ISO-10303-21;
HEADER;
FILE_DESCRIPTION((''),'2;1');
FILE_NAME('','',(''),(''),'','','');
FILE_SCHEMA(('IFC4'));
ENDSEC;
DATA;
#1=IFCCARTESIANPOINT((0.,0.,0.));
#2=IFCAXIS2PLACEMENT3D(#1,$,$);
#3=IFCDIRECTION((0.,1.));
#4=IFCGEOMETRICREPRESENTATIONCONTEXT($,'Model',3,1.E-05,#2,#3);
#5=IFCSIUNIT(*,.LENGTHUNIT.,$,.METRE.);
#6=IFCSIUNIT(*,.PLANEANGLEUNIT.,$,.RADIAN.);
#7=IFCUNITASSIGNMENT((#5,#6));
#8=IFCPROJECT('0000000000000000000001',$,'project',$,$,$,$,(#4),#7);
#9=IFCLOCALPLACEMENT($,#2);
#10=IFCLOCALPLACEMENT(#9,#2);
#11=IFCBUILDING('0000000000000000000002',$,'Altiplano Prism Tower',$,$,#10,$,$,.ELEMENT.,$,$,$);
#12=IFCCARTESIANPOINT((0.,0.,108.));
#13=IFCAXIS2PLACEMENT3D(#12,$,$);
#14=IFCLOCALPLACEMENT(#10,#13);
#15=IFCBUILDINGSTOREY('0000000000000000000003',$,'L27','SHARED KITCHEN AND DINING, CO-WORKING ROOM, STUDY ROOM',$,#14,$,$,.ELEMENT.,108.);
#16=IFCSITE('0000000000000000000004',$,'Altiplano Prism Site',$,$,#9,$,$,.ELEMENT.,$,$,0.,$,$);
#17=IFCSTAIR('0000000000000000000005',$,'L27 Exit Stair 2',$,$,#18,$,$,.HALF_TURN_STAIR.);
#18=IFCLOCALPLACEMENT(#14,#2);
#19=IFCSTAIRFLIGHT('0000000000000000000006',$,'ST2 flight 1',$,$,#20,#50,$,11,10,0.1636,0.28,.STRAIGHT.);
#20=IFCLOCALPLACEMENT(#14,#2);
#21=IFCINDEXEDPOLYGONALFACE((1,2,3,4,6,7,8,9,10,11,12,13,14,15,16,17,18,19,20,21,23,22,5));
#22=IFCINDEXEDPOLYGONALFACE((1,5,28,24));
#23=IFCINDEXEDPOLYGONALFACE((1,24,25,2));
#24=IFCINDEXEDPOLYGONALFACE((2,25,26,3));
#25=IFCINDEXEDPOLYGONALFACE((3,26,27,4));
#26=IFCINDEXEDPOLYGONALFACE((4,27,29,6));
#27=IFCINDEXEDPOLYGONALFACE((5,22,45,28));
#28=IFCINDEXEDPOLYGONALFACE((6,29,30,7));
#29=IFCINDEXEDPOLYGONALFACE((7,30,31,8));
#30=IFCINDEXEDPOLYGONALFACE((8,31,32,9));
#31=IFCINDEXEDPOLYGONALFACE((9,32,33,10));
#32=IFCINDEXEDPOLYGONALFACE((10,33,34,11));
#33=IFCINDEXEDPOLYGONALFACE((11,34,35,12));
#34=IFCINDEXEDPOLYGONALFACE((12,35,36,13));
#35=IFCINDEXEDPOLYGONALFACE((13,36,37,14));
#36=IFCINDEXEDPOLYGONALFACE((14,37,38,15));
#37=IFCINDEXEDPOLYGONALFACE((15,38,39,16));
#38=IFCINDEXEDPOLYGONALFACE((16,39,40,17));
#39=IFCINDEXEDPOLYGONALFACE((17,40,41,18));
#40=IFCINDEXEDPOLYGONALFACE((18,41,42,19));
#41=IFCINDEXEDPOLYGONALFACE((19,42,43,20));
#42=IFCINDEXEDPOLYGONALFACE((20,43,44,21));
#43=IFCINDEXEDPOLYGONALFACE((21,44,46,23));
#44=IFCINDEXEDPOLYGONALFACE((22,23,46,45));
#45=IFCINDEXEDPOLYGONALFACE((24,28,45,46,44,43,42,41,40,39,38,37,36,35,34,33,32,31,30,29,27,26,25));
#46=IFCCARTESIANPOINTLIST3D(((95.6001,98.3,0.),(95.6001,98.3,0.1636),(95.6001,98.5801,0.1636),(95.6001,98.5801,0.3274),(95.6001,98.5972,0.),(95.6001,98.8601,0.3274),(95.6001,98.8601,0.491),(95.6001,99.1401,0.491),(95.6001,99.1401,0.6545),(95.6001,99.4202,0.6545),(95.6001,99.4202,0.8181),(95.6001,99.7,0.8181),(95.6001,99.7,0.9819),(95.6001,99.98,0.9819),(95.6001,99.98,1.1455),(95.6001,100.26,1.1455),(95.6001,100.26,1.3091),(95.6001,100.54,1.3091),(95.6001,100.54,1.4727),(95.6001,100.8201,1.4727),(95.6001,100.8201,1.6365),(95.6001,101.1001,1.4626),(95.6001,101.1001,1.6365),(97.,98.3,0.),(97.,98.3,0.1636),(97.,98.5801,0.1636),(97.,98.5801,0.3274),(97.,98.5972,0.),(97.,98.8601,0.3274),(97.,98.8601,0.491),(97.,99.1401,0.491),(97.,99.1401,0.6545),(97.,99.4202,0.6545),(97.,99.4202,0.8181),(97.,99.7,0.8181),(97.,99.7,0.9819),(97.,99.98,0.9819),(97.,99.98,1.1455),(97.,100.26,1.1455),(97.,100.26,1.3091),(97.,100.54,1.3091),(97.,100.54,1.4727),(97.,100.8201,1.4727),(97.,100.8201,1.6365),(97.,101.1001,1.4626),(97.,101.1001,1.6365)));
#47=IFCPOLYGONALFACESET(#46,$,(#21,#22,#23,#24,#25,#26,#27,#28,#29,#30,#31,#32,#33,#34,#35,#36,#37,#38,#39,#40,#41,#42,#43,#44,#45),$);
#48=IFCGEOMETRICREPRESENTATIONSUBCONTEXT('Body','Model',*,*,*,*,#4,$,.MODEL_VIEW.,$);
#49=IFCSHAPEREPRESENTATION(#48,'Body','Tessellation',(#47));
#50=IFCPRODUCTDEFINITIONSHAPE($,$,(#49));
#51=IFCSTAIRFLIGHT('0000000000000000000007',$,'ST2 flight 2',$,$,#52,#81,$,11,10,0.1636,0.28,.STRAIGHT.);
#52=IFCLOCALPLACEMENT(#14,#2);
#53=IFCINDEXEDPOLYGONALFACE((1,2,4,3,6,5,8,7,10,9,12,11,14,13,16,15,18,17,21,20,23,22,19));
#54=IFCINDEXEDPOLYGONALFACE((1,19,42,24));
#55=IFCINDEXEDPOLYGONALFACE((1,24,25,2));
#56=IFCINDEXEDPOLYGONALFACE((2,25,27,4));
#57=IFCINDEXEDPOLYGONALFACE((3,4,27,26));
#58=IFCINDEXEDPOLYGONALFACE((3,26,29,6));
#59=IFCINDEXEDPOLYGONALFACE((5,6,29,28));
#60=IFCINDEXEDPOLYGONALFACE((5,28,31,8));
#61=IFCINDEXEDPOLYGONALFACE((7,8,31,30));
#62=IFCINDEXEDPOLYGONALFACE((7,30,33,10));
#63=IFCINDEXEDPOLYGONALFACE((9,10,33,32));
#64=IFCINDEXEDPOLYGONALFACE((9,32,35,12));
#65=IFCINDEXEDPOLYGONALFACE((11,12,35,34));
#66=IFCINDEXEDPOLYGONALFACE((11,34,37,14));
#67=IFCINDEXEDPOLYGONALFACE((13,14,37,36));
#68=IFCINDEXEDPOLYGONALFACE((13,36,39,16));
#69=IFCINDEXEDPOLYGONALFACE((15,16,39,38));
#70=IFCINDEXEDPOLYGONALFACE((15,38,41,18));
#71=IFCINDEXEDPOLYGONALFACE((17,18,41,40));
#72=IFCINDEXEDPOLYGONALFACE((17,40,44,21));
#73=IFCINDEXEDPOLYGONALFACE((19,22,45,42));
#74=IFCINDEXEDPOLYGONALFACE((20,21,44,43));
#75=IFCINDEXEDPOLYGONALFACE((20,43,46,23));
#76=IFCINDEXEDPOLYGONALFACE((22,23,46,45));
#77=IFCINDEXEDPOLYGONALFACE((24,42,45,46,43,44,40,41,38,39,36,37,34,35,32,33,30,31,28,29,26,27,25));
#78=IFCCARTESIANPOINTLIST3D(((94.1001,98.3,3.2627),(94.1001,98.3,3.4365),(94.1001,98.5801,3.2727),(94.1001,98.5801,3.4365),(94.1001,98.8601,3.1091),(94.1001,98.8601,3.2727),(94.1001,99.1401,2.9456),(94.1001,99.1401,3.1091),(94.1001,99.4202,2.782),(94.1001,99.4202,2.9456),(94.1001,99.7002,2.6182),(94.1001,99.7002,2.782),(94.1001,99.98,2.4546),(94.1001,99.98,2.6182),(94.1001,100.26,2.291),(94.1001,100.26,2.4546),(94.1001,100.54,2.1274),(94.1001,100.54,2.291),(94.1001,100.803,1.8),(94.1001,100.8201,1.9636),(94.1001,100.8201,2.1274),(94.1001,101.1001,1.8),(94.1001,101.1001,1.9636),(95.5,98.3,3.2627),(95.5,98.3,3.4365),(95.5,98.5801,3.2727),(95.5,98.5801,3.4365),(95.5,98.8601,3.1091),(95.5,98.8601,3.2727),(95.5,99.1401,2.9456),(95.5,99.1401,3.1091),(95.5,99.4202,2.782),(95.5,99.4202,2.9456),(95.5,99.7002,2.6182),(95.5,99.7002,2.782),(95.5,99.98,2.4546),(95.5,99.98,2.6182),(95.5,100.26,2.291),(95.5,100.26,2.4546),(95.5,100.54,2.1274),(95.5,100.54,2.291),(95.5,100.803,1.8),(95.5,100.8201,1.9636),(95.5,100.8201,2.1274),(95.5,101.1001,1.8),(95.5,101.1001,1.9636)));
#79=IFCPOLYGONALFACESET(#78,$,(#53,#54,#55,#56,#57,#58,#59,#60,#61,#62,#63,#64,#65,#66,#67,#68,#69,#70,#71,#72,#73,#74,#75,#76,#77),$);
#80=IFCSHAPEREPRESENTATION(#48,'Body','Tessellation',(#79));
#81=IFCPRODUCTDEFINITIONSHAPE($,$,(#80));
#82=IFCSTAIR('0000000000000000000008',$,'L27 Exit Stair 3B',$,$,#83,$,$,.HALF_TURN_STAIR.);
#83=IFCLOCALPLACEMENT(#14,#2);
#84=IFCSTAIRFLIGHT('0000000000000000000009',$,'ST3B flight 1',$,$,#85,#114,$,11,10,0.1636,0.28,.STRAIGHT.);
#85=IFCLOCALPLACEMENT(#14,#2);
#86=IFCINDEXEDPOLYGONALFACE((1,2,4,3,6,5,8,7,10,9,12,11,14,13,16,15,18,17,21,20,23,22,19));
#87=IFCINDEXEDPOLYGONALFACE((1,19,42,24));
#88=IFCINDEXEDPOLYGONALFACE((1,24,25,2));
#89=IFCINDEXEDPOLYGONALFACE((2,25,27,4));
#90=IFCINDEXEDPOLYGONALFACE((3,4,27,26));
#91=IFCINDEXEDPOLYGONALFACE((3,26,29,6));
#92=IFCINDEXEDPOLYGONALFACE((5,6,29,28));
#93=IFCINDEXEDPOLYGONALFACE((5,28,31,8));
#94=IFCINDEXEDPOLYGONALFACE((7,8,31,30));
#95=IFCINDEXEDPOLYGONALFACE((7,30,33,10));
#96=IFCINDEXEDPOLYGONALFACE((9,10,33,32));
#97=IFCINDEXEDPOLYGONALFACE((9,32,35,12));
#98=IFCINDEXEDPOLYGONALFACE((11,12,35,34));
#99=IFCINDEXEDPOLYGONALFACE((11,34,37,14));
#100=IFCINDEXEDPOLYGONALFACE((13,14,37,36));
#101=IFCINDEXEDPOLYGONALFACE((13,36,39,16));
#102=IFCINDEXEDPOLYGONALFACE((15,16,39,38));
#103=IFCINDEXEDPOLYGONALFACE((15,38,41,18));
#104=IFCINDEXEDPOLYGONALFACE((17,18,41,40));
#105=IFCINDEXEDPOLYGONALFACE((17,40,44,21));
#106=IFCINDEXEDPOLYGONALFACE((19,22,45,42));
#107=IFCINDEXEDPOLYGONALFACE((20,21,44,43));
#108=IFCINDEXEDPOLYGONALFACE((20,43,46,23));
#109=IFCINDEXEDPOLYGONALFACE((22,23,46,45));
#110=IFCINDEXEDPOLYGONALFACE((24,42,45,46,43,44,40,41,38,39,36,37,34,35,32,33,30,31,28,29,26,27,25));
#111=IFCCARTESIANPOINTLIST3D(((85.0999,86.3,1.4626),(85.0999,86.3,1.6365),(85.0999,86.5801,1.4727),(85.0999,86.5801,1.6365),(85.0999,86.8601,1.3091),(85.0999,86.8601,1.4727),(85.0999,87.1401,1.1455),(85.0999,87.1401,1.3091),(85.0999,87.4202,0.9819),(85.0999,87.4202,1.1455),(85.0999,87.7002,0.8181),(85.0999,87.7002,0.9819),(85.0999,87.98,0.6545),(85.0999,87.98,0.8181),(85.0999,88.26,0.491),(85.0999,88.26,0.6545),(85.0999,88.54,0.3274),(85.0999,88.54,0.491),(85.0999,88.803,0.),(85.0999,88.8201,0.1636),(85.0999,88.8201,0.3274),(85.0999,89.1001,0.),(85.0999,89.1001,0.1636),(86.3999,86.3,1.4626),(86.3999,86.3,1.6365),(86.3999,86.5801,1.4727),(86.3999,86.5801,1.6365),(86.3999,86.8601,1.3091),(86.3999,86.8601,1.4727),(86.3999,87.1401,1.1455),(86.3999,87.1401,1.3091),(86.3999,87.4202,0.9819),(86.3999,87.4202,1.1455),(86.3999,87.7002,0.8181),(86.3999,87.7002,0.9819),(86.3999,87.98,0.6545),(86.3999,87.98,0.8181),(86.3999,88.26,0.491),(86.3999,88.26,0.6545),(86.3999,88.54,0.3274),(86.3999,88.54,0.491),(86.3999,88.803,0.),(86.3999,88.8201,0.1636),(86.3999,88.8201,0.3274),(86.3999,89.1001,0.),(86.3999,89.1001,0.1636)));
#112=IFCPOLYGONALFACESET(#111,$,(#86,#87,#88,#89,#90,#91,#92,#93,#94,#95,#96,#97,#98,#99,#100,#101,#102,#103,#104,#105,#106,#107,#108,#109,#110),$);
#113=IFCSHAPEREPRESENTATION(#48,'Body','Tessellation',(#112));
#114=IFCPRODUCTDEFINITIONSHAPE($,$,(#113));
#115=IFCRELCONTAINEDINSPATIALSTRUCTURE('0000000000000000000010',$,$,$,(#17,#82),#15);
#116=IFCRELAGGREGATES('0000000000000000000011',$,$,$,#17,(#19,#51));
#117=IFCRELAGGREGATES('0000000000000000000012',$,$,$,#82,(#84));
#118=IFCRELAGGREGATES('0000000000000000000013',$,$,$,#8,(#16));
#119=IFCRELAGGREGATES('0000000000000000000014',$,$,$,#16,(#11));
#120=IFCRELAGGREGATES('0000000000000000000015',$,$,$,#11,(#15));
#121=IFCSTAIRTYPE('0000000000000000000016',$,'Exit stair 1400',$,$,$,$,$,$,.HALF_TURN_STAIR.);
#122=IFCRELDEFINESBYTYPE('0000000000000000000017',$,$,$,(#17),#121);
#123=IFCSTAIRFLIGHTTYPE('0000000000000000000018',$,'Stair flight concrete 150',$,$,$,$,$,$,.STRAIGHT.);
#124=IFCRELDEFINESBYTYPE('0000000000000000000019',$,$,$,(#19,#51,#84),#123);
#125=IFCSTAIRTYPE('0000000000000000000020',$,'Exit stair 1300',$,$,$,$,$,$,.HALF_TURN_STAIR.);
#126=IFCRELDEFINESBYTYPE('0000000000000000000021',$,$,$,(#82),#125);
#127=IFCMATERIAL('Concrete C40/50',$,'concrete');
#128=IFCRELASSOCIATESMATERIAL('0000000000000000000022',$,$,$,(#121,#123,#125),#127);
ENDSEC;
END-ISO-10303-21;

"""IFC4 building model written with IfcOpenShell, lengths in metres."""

from ifc_helpers import new_model, si_unit, direction, frame, origin, place, context, subcontext, project, spatial, polyline, outline, extrude, material, type_object, element, aggregate, save


model = new_model("IFC4")

# Units and contexts
model_context = context("Model", 3, precision=1e-05, world=origin(), true_north=direction((0.0, 1.0)))
body_context = subcontext(model_context, "Body", "Model", "MODEL_VIEW")
ifc_project = project(units=[si_unit("LENGTHUNIT", "METRE"), si_unit("PLANEANGLEUNIT", "RADIAN")], contexts=[model_context])

# Site, building, storey
site_placement = place(None, origin())
site = spatial("IfcSite", under=ifc_project, at=site_placement, Name="Altiplano Prism Site", CompositionType="ELEMENT", RefElevation=0.0)
building_placement = place(site_placement, origin())
building = spatial("IfcBuilding", under=site, at=building_placement, Name="Altiplano Prism Tower", CompositionType="ELEMENT")
storey_placement = place(building_placement, frame((0.0, 0.0, 108.0)))
storey = spatial("IfcBuildingStorey", under=building, at=storey_placement, Name="L27", Description="SHARED KITCHEN AND DINING, CO-WORKING ROOM, STUDY ROOM", CompositionType="ELEMENT", Elevation=108.0)

# Stair, stair flights
ifc_material_1 = material(Name="Concrete C40/50", Category="concrete")
stair_type_1 = type_object("IfcStairType", Name="Exit stair 1400", PredefinedType="HALF_TURN_STAIR", material=ifc_material_1)
stair_1_placement = place(storey_placement, origin())
stair_1 = element("IfcStair", 1, at=stair_1_placement, inside=storey, type_object=stair_type_1, Name="L27 Exit Stair 2", PredefinedType="HALF_TURN_STAIR")
stair_flight_type = type_object("IfcStairFlightType", Name="Stair flight concrete 150", PredefinedType="STRAIGHT", material=ifc_material_1)
stair_flight_1_placement = place(storey_placement, frame((96.3, 98.3, 0.0), z_axis=(0.0, 0.0, 1.0), x_axis=(0.0, 1.0, 0.0)))
stair_flight_1 = element("IfcStairFlight", 2, at=stair_flight_1_placement, type_object=stair_flight_type, Name="ST2 flight 1", NumberOfRisers=11, NumberOfTreads=10, PredefinedType="STRAIGHT", RiserHeight=0.1636, TreadLength=0.28, context=body_context, shape_type="SweptSolid", body=[
    extrude(outline(polyline([(0.0, 0.0), (0.0, 0.1636), (0.28, 0.1636), (0.28, 0.3274), (0.5601, 0.3274), (0.5601, 0.491), (0.8401, 0.491), (0.8401, 0.6545), (1.1201, 0.6545), (1.1201, 0.8181), (1.3999, 0.8181), (1.3999, 0.9819), (1.6799, 0.9819), (1.6799, 1.1455), (1.96, 1.1455), (1.96, 1.3091), (2.24, 1.3091), (2.24, 1.4727), (2.52, 1.4727), (2.52, 1.6365), (2.8, 1.6365), (2.8, 1.8), (2.8, 1.4626), (0.2971, 0.0), (0.0, 0.0)])), frame((0.0, 0.7, 0.0), z_axis=(0.0, -1.0, 0.0), x_axis=(1.0, 0.0, 0.0)), (0.0, 0.0, 1.0), 1.3999),
])
stair_flight_2_placement = place(storey_placement, frame((94.8, 101.1001, 1.8), z_axis=(0.0, 0.0, 1.0), x_axis=(0.0, -1.0, 0.0)))
stair_flight_2 = element("IfcStairFlight", 3, at=stair_flight_2_placement, type_object=stair_flight_type, Name="ST2 flight 2", NumberOfRisers=11, NumberOfTreads=10, PredefinedType="STRAIGHT", RiserHeight=0.1636, TreadLength=0.28, context=body_context, shape_type="SweptSolid", body=[
    extrude(outline(polyline([(0.0, 0.0), (0.0, 0.1636), (0.28, 0.1636), (0.28, 0.3274), (0.5601, 0.3274), (0.5601, 0.491), (0.8401, 0.491), (0.8401, 0.6545), (1.1201, 0.6545), (1.1201, 0.8181), (1.3999, 0.8181), (1.3999, 0.9819), (1.6799, 0.9819), (1.6799, 1.1455), (1.96, 1.1455), (1.96, 1.3091), (2.24, 1.3091), (2.24, 1.4727), (2.52, 1.4727), (2.52, 1.6365), (2.8, 1.6365), (2.8, 1.8), (2.8, 1.4626), (0.2971, 0.0), (0.0, 0.0)])), frame((0.0, 0.7, 0.0), z_axis=(0.0, -1.0, 0.0), x_axis=(1.0, 0.0, 0.0)), (0.0, 0.0, 1.0), 1.3999),
])
aggregate(stair_1, [stair_flight_1, stair_flight_2])

# Stair, stair flight
stair_type_2 = type_object("IfcStairType", Name="Exit stair 1300", PredefinedType="HALF_TURN_STAIR", material=ifc_material_1)
stair_2_placement = place(storey_placement, origin())
stair_2 = element("IfcStair", 4, at=stair_2_placement, inside=storey, type_object=stair_type_2, Name="L27 Exit Stair 3B", PredefinedType="HALF_TURN_STAIR")
stair_flight_3_placement = place(storey_placement, frame((85.75, 89.1001, 0.0), z_axis=(0.0, 0.0, 1.0), x_axis=(0.0, -1.0, 0.0)))
stair_flight_3 = element("IfcStairFlight", 5, at=stair_flight_3_placement, type_object=stair_flight_type, Name="ST3B flight 1", NumberOfRisers=11, NumberOfTreads=10, PredefinedType="STRAIGHT", RiserHeight=0.1636, TreadLength=0.28, context=body_context, shape_type="SweptSolid", body=[
    extrude(outline(polyline([(0.0, 0.0), (0.0, 0.1636), (0.28, 0.1636), (0.28, 0.3274), (0.5601, 0.3274), (0.5601, 0.491), (0.8401, 0.491), (0.8401, 0.6545), (1.1201, 0.6545), (1.1201, 0.8181), (1.3999, 0.8181), (1.3999, 0.9819), (1.6799, 0.9819), (1.6799, 1.1455), (1.96, 1.1455), (1.96, 1.3091), (2.24, 1.3091), (2.24, 1.4727), (2.52, 1.4727), (2.52, 1.6365), (2.8, 1.6365), (2.8, 1.8), (2.8, 1.4626), (0.2971, 0.0), (0.0, 0.0)])), frame((0.0, 0.6499, 0.0), z_axis=(0.0, -1.0, 0.0), x_axis=(1.0, 0.0, 0.0)), (0.0, 0.0, 1.0), 1.3),
])
aggregate(stair_2, [stair_flight_3])

save(model, "model.ifc")
